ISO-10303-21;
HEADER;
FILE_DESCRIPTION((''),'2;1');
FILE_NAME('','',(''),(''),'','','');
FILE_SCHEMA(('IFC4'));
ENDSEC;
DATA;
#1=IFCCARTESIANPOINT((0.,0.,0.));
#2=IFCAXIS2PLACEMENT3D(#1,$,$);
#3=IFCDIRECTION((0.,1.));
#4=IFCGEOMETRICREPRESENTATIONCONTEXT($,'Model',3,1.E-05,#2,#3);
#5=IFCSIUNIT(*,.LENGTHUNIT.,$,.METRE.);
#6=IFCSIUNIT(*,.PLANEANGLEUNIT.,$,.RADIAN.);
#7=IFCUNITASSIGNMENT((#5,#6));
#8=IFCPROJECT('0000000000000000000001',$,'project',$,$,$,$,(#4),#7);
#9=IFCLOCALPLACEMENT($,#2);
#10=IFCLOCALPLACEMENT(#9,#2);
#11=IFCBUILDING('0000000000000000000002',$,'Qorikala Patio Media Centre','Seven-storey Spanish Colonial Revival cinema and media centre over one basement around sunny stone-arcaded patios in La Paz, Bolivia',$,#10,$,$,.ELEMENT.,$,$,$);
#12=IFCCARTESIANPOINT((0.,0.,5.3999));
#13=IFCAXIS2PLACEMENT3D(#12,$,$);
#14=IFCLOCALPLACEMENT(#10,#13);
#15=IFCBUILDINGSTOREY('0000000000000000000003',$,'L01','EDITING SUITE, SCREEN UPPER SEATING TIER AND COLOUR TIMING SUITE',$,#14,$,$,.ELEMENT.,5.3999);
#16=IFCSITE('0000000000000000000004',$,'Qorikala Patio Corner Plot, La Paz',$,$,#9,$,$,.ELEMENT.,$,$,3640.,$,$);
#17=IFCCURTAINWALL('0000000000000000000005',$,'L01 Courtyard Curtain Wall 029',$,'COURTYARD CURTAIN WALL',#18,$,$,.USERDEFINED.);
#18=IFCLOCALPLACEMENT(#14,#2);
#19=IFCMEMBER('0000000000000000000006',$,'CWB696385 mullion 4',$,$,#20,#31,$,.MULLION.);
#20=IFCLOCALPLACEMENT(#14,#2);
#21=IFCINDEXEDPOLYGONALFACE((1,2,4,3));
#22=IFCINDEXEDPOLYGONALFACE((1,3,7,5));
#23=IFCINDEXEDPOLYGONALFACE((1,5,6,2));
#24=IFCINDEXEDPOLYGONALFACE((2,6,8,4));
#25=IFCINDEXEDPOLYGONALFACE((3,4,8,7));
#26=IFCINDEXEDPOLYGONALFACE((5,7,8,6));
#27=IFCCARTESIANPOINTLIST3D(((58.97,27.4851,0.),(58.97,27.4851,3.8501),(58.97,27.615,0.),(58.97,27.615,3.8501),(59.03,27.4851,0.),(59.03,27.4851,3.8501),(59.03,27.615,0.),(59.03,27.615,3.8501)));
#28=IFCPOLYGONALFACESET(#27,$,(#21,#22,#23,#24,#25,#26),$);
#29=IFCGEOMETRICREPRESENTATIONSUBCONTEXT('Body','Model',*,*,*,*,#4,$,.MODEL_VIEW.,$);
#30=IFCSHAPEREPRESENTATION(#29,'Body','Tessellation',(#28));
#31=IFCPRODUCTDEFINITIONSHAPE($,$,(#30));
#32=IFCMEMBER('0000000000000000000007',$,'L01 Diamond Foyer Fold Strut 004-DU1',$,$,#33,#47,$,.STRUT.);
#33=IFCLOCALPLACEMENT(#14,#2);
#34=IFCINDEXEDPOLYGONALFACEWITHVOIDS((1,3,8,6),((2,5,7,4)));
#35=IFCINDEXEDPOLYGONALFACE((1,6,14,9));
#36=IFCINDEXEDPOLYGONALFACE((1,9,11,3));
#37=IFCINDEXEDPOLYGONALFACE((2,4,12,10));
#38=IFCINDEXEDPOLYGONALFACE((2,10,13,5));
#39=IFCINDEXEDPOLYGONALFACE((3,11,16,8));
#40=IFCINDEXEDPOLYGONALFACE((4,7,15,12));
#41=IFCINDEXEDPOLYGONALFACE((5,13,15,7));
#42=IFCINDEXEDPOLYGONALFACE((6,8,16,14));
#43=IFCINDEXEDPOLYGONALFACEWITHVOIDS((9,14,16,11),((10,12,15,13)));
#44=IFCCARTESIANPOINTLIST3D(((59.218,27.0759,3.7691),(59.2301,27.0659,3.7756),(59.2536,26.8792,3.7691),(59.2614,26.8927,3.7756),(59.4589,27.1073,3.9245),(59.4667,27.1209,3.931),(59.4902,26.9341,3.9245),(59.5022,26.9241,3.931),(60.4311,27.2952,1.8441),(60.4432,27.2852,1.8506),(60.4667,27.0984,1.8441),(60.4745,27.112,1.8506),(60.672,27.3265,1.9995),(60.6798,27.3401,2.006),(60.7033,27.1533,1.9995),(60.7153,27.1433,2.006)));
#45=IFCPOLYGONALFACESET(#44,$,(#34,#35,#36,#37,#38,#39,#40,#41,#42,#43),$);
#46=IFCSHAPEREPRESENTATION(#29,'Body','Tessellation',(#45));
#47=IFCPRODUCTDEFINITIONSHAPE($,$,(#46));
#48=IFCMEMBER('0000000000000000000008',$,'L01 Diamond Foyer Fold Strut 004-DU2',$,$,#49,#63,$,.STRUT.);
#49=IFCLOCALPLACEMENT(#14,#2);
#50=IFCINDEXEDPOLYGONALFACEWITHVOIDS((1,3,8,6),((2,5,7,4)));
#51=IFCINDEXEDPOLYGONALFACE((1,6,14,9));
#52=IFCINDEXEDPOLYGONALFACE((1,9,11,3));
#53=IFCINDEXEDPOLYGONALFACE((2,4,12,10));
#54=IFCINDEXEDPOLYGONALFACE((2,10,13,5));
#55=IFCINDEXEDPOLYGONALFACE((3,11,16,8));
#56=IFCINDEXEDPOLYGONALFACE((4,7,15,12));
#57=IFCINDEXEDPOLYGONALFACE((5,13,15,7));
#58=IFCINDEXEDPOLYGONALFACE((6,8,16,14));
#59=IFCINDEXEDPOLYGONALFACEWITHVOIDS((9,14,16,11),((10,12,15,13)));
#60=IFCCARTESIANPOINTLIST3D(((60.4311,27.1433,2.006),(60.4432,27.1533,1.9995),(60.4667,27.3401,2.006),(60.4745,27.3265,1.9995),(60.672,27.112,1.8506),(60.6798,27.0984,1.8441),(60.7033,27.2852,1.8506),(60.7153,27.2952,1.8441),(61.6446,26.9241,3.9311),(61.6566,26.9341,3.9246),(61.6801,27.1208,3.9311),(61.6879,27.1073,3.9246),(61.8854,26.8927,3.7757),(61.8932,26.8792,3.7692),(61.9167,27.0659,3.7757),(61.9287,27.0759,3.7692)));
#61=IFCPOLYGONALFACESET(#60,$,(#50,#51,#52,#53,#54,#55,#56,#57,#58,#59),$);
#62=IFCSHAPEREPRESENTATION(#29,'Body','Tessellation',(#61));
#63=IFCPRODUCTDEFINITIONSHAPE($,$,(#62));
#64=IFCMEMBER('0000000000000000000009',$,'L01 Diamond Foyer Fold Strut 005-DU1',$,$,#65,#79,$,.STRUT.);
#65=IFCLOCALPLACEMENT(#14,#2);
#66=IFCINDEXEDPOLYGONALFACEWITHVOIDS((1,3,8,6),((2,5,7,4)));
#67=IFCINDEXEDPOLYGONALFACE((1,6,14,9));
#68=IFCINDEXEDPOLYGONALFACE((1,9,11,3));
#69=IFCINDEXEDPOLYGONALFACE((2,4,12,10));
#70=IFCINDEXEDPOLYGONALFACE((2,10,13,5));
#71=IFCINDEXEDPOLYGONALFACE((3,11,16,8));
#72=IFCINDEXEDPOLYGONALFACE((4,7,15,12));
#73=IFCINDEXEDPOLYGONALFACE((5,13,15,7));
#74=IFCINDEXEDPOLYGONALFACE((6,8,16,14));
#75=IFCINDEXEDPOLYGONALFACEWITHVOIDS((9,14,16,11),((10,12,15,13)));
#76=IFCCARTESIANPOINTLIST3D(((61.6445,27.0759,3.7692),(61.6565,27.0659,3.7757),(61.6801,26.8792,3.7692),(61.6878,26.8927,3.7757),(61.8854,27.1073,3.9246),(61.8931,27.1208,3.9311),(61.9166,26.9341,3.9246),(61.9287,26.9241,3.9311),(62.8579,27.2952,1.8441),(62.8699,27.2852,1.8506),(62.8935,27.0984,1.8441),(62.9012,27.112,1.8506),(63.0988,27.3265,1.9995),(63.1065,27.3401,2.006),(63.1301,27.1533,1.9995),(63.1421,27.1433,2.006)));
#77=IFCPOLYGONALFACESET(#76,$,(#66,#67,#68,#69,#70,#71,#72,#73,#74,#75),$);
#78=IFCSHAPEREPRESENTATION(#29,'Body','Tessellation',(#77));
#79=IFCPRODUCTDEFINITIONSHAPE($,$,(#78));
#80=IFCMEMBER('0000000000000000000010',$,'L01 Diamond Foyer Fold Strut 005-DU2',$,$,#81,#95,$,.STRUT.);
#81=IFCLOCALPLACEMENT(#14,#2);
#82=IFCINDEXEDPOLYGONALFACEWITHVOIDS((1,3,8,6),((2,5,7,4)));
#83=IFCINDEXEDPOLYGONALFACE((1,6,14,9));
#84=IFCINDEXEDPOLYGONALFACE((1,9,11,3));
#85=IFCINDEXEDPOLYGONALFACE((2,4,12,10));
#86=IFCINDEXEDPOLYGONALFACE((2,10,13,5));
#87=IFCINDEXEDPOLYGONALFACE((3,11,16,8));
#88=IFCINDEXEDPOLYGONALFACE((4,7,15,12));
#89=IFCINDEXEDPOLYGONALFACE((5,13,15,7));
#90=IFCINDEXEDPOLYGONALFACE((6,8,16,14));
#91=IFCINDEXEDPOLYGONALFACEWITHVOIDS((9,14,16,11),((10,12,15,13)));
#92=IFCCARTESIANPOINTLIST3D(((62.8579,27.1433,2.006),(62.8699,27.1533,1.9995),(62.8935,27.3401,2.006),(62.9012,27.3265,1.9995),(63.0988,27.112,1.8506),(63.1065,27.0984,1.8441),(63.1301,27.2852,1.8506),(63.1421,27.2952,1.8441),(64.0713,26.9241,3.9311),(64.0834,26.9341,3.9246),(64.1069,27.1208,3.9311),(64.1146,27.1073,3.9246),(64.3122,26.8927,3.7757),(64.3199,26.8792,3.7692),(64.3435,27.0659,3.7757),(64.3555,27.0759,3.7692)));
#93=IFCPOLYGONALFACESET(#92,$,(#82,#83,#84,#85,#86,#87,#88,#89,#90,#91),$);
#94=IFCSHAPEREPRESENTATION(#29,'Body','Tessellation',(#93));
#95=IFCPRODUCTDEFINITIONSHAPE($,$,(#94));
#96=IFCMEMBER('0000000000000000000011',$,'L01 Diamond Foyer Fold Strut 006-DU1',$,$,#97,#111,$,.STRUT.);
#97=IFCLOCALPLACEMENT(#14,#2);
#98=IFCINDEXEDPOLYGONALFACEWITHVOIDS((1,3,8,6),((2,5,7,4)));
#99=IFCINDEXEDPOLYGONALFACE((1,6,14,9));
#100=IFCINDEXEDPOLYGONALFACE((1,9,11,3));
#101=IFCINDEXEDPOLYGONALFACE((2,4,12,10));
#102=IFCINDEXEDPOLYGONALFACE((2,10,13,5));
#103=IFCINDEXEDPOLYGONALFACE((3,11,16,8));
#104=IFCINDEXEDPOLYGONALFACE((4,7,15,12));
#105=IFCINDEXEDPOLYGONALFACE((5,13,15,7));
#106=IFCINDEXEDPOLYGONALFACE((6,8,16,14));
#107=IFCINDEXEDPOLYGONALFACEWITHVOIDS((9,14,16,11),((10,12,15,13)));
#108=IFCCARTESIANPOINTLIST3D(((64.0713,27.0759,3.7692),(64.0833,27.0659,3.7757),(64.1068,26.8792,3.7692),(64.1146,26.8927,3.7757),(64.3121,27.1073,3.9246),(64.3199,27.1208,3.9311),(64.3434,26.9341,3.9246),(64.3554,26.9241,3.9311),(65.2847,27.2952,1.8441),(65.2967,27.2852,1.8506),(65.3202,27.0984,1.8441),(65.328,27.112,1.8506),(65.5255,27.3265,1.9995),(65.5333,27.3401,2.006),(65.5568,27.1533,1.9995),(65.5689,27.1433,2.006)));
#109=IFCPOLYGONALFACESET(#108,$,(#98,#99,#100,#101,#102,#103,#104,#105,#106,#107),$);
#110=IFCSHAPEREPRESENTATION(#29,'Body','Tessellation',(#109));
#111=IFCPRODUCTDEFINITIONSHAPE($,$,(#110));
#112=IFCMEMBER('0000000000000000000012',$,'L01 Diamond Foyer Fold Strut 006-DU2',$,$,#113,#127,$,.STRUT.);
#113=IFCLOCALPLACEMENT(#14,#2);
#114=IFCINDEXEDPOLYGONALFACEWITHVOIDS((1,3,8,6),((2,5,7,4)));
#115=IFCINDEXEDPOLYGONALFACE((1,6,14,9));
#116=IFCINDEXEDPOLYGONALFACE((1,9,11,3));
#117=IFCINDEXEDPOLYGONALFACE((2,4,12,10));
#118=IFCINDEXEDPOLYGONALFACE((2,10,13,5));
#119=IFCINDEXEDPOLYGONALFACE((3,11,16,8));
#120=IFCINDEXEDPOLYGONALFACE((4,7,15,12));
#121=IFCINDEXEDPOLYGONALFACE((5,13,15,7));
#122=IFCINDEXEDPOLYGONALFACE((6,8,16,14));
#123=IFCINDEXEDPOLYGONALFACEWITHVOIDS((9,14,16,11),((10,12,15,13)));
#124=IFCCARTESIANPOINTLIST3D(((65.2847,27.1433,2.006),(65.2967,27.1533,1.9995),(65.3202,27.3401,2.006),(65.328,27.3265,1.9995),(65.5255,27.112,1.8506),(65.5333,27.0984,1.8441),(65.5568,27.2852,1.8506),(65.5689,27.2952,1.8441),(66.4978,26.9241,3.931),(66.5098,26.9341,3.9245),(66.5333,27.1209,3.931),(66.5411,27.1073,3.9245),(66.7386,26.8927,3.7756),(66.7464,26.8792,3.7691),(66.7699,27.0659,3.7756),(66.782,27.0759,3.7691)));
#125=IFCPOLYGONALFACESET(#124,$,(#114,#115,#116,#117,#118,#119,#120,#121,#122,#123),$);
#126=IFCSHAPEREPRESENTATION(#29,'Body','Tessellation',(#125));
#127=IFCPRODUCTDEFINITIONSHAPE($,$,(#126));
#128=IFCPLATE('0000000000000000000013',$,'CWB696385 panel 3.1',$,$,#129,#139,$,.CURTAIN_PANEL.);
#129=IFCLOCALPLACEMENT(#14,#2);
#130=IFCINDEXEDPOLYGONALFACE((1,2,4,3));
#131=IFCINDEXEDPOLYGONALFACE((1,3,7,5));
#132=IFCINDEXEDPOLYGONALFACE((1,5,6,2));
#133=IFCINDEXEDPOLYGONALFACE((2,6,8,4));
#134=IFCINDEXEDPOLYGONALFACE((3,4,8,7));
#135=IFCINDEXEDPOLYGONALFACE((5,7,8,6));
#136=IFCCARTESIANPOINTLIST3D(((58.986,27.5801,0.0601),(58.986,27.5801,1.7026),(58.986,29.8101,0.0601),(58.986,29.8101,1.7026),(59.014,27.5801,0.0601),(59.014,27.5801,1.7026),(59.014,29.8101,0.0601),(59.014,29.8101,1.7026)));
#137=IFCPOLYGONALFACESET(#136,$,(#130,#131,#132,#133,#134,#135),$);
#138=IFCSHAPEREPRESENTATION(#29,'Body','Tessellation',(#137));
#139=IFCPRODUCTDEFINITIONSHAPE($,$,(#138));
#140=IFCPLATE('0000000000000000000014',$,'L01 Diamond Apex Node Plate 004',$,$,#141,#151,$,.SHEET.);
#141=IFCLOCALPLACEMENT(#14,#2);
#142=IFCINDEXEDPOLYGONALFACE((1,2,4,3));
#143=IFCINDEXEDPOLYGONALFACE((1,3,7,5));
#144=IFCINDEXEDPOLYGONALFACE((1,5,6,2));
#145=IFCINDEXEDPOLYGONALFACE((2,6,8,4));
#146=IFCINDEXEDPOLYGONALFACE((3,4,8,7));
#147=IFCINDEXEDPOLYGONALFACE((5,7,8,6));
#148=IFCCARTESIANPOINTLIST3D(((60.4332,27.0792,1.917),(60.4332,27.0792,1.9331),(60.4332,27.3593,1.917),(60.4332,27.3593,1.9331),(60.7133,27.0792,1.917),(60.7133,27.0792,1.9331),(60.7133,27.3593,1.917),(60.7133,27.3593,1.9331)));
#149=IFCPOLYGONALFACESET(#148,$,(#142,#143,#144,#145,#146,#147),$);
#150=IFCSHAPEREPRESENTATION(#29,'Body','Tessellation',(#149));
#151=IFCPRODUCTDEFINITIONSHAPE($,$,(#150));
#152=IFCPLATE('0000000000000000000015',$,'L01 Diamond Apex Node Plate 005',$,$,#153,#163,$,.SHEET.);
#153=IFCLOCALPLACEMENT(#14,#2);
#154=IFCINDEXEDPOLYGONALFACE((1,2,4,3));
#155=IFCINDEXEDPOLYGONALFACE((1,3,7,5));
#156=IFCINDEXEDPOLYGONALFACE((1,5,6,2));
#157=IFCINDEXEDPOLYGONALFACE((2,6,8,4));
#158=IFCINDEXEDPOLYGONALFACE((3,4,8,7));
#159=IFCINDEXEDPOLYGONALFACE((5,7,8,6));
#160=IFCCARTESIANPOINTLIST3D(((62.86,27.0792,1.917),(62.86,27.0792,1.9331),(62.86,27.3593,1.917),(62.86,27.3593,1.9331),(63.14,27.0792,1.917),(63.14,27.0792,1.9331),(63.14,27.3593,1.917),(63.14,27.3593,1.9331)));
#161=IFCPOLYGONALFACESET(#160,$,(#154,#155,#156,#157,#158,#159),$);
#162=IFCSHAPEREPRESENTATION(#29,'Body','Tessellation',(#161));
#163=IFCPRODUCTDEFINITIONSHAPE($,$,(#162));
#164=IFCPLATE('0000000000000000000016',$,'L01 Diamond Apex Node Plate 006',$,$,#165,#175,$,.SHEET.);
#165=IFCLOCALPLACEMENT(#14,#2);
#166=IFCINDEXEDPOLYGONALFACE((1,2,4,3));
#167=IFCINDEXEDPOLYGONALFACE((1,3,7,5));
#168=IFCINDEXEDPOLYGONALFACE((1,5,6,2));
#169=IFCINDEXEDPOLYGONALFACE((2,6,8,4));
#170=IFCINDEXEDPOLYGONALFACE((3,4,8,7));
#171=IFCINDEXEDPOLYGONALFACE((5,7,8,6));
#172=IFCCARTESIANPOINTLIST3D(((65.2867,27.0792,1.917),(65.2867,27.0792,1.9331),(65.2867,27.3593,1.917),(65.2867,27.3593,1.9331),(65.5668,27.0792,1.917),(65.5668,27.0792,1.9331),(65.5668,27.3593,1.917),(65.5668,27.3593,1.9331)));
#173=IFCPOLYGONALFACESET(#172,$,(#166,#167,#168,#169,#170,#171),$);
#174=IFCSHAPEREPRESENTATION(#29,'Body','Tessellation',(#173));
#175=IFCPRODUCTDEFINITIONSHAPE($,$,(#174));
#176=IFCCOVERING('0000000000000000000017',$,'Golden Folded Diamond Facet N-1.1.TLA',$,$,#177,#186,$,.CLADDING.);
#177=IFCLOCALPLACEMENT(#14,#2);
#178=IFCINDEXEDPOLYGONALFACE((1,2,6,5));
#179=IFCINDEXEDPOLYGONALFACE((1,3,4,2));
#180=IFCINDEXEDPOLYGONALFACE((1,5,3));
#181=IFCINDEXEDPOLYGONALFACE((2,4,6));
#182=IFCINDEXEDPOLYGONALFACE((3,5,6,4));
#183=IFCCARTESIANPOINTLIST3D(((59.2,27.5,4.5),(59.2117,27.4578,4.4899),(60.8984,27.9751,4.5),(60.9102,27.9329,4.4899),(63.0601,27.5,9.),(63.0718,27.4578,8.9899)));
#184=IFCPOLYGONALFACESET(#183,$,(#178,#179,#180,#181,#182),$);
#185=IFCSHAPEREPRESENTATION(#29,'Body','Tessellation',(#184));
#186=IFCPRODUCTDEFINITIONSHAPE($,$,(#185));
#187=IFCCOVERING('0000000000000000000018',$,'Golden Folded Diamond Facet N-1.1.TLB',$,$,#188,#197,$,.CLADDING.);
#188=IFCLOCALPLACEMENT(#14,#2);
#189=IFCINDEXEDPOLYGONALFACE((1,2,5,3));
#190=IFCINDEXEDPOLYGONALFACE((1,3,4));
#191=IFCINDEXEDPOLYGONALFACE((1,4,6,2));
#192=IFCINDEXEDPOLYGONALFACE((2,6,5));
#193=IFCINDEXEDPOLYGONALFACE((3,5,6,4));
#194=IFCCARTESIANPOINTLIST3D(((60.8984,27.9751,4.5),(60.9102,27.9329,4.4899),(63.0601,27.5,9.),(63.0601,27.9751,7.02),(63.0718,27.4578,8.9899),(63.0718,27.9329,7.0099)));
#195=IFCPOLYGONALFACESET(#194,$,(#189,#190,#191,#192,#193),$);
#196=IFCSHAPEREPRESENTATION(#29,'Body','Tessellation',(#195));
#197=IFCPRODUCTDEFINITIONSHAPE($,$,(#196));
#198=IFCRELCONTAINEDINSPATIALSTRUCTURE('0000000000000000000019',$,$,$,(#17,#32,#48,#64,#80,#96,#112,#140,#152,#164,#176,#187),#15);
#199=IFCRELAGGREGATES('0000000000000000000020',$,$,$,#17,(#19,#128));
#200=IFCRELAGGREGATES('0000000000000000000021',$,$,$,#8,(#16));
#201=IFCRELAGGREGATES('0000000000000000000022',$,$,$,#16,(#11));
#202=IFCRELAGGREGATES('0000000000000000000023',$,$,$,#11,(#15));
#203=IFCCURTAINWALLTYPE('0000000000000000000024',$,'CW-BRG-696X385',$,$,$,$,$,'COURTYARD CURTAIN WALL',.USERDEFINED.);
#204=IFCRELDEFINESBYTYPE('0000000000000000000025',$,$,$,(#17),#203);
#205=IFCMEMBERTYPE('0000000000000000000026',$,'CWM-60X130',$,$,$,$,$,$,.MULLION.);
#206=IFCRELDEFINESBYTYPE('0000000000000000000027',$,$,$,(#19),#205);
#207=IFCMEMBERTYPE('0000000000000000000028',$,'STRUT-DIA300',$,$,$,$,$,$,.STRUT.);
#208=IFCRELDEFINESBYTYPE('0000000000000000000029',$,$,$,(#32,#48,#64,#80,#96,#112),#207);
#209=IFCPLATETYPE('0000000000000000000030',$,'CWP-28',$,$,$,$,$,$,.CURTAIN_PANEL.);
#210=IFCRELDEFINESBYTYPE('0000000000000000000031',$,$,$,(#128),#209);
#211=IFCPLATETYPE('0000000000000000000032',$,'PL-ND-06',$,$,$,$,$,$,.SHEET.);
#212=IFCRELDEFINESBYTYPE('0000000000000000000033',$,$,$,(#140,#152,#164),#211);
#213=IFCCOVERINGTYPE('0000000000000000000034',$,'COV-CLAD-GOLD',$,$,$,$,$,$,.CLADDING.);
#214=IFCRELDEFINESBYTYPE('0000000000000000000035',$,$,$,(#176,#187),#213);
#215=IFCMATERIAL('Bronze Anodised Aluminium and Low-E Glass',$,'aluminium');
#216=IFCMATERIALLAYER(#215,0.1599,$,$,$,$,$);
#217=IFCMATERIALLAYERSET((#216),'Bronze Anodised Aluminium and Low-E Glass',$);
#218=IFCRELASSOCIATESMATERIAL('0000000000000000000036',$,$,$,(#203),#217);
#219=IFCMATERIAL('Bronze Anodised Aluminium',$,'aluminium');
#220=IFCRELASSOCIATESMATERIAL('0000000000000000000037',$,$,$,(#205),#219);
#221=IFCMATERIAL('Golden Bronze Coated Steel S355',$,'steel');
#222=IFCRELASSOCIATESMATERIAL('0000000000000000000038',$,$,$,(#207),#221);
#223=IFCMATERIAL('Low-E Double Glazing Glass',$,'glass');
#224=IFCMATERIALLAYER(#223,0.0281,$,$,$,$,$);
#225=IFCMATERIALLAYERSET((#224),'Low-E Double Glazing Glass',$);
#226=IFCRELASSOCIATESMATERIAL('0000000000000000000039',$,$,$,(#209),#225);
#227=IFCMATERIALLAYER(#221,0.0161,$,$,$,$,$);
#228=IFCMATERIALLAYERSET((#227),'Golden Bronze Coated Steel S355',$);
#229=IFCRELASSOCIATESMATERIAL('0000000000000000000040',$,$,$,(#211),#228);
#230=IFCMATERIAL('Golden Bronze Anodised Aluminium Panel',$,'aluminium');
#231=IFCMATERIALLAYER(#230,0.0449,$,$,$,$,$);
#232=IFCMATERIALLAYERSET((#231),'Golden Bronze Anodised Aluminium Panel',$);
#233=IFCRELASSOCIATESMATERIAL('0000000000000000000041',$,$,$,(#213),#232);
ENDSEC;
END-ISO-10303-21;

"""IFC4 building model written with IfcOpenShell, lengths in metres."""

from ifc_helpers import new_model, si_unit, direction, frame, origin, origin_2d, place, context, subcontext, project, spatial, polyline, rectangle, hollow_rectangle, outline, extrude, material, layer, layer_set, material_profile, profile_set, type_object, element, aggregate, save


model = new_model("IFC4")

# Units and contexts
model_context = context("Model", 3, precision=1e-05, world=origin(), true_north=direction((0.0, 1.0)))
body_context = subcontext(model_context, "Body", "Model", "MODEL_VIEW")
ifc_project = project(units=[si_unit("LENGTHUNIT", "METRE"), si_unit("PLANEANGLEUNIT", "RADIAN")], contexts=[model_context])

# Site, building, storey
site_placement = place(None, origin())
site = spatial("IfcSite", under=ifc_project, at=site_placement, Name="Qorikala Patio Corner Plot, La Paz", CompositionType="ELEMENT", RefElevation=3640.0)
building_placement = place(site_placement, origin())
building = spatial("IfcBuilding", under=site, at=building_placement, Name="Qorikala Patio Media Centre", Description="Seven-storey Spanish Colonial Revival cinema and media centre over one basement around sunny stone-arcaded patios in La Paz, Bolivia", CompositionType="ELEMENT")
storey_placement = place(building_placement, frame((0.0, 0.0, 5.3999)))
storey = spatial("IfcBuildingStorey", under=building, at=storey_placement, Name="L01", Description="EDITING SUITE, SCREEN UPPER SEATING TIER AND COLOUR TIMING SUITE", CompositionType="ELEMENT", Elevation=5.3999)

# Curtain wall, member
ifc_material_1 = material(Name="Bronze Anodised Aluminium and Low-E Glass", Category="aluminium")
ifc_layer_1 = layer(ifc_material_1, 0.1599)
ifc_layer_set_1 = layer_set([ifc_layer_1], Name="Bronze Anodised Aluminium and Low-E Glass")
curtain_wall_type = type_object("IfcCurtainWallType", Name="CW-BRG-696X385", ElementType="COURTYARD CURTAIN WALL", PredefinedType="USERDEFINED", material=ifc_layer_set_1)
curtain_wall_placement = place(storey_placement, origin())
curtain_wall = element("IfcCurtainWall", 1, at=curtain_wall_placement, inside=storey, type_object=curtain_wall_type, Name="L01 Courtyard Curtain Wall 029", ObjectType="COURTYARD CURTAIN WALL", PredefinedType="USERDEFINED")
ifc_material_2 = material(Name="Bronze Anodised Aluminium", Category="aluminium")
ifc_material_profile_1 = material_profile(ifc_material_2, rectangle(XDim=0.0601, YDim=0.1299, at=origin_2d()), Name="ALU MULLION 60x130")
ifc_profile_set_1 = profile_set([ifc_material_profile_1], Name="Bronze Anodised Aluminium")
member_type_1 = type_object("IfcMemberType", Name="CWM-60X130", PredefinedType="MULLION", material=ifc_profile_set_1)
member_1_placement = place(storey_placement, frame((59.0, 27.55, 0.0), z_axis=(0.0, 0.0, 1.0), x_axis=(1.0, 0.0, 0.0)))
member_1 = element("IfcMember", 2, at=member_1_placement, type_object=member_type_1, Name="CWB696385 mullion 4", PredefinedType="MULLION", context=body_context, shape_type="SweptSolid", body=[
    extrude(rectangle(XDim=0.0601, YDim=0.1299, at=origin_2d()), origin(), (0.0, 0.0, 1.0), 3.8501),
])

# Members
ifc_material_3 = material(Name="Golden Bronze Coated Steel S355", Category="steel")
ifc_material_profile_2 = material_profile(ifc_material_3, hollow_rectangle(XDim=0.2, YDim=0.3, WallThickness=0.012, at=origin_2d()), Name="HSS300X200X12")
ifc_profile_set_2 = profile_set([ifc_material_profile_2], Name="Golden Bronze Coated Steel S355")
member_type_2 = type_object("IfcMemberType", Name="STRUT-DIA300", PredefinedType="STRUT", material=ifc_profile_set_2)
member_2_placement = place(storey_placement, frame((60.5732, 27.2192, 1.925), z_axis=(-0.530691, -0.095907, 0.842121), x_axis=(0.17784, -0.984059, 0.0)))
element("IfcMember", 3, at=member_2_placement, inside=storey, type_object=member_type_2, Name="L01 Diamond Foyer Fold Strut 004-DU1", PredefinedType="STRUT", context=body_context, shape_type="SweptSolid", body=[
    extrude(hollow_rectangle(XDim=0.2, YDim=0.3, WallThickness=0.012, at=origin_2d()), origin(), (0.0, 0.0, 1.0), 2.2859),
])
for number, where, z_axis, x_axis, name in (
    (4, (60.5732, 27.2192, 1.925), (0.530768, -0.095901, 0.842074), (0.177805, 0.984066, 0.0), "L01 Diamond Foyer Fold Strut 004-DU2"),
    (5, (63.0, 27.2192, 1.925), (-0.530768, -0.095901, 0.842074), (0.177805, -0.984066, 0.0), "L01 Diamond Foyer Fold Strut 005-DU1"),
    (6, (63.0, 27.2192, 1.925), (0.530768, -0.095901, 0.842074), (0.177805, 0.984066, 0.0), "L01 Diamond Foyer Fold Strut 005-DU2"),
    (7, (65.4268, 27.2192, 1.925), (-0.530768, -0.095901, 0.842074), (0.177805, -0.984066, 0.0), "L01 Diamond Foyer Fold Strut 006-DU1"),
):
    element("IfcMember", number, at=place(storey_placement, frame(where, z_axis=z_axis, x_axis=x_axis)), inside=storey, type_object=member_type_2, Name=name, PredefinedType="STRUT", context=body_context, shape_type="SweptSolid", body=[
        extrude(hollow_rectangle(XDim=0.2, YDim=0.3, WallThickness=0.012, at=origin_2d()), origin(), (0.0, 0.0, 1.0), 2.2861),
    ])
member_3_placement = place(storey_placement, frame((65.4268, 27.2192, 1.925), z_axis=(0.530691, -0.095907, 0.842121), x_axis=(0.17784, 0.984059, 0.0)))
element("IfcMember", 8, at=member_3_placement, inside=storey, type_object=member_type_2, Name="L01 Diamond Foyer Fold Strut 006-DU2", PredefinedType="STRUT", context=body_context, shape_type="SweptSolid", body=[
    extrude(hollow_rectangle(XDim=0.2, YDim=0.3, WallThickness=0.012, at=origin_2d()), origin(), (0.0, 0.0, 1.0), 2.2859),
])

# Plate
ifc_material_4 = material(Name="Low-E Double Glazing Glass", Category="glass")
ifc_layer_2 = layer(ifc_material_4, 0.0281)
ifc_layer_set_2 = layer_set([ifc_layer_2], Name="Low-E Double Glazing Glass")
plate_type_1 = type_object("IfcPlateType", Name="CWP-28", PredefinedType="CURTAIN_PANEL", material=ifc_layer_set_2)
plate_placement = place(storey_placement, frame((59.0, 28.6951, 0.0601), z_axis=(0.0, 0.0, 1.0), x_axis=(0.0, -1.0, 0.0)))
plate = element("IfcPlate", 9, at=plate_placement, type_object=plate_type_1, Name="CWB696385 panel 3.1", PredefinedType="CURTAIN_PANEL", context=body_context, shape_type="SweptSolid", body=[
    extrude(rectangle(XDim=2.23, YDim=0.0281, at=origin_2d()), origin(), (0.0, 0.0, 1.0), 1.6426),
])
aggregate(curtain_wall, [member_1, plate])

# Plates
ifc_layer_3 = layer(ifc_material_3, 0.0161)
ifc_layer_set_3 = layer_set([ifc_layer_3], Name="Golden Bronze Coated Steel S355")
plate_type_2 = type_object("IfcPlateType", Name="PL-ND-06", PredefinedType="SHEET", material=ifc_layer_set_3)
for number, where, z_axis, x_axis, name in (
    (10, (60.5732, 27.2192, 1.917), (0.0, 0.0, 1.0), (1.0, 0.0, 0.0), "L01 Diamond Apex Node Plate 004"),
    (11, (63.0, 27.2192, 1.917), (0.0, 0.0, 1.0), (1.0, 0.0, 0.0), "L01 Diamond Apex Node Plate 005"),
    (12, (65.4268, 27.2192, 1.917), (0.0, 0.0, 1.0), (1.0, 0.0, 0.0), "L01 Diamond Apex Node Plate 006"),
):
    element("IfcPlate", number, at=place(storey_placement, frame(where, z_axis=z_axis, x_axis=x_axis)), inside=storey, type_object=plate_type_2, Name=name, PredefinedType="SHEET", context=body_context, shape_type="SweptSolid", body=[
        extrude(rectangle(XDim=0.28, YDim=0.28, at=origin_2d()), origin(), (0.0, 0.0, 1.0), 0.0161),
    ])

# Coverings
ifc_material_5 = material(Name="Golden Bronze Anodised Aluminium Panel", Category="aluminium")
ifc_layer_4 = layer(ifc_material_5, 0.0449)
ifc_layer_set_4 = layer_set([ifc_layer_4], Name="Golden Bronze Anodised Aluminium Panel")
covering_type = type_object("IfcCoveringType", Name="COV-CLAD-GOLD", PredefinedType="CLADDING", material=ifc_layer_set_4)
covering_1_placement = place(storey_placement, frame((63.0601, 27.5, 9.0), z_axis=(-0.262462, 0.93831, 0.225141), x_axis=(-0.65108, 0.0, -0.759009)))
element("IfcCovering", 13, at=covering_1_placement, inside=storey, type_object=covering_type, Name="Golden Folded Diamond Facet N-1.1.TLA", PredefinedType="CLADDING", context=body_context, shape_type="SweptSolid", body=[
    extrude(outline(polyline([(0.0, 0.0), (5.9288, 0.0), (4.8229, -1.3739), (0.0, 0.0)])), origin(), (0.0, 0.0, -1.0), 0.0449),
])
covering_2_placement = place(storey_placement, frame((63.0601, 27.5, 9.0), z_axis=(-0.262476, 0.938304, 0.225147), x_axis=(-0.431047, 0.094739, -0.897342)))
element("IfcCovering", 14, at=covering_2_placement, inside=storey, type_object=covering_type, Name="Golden Folded Diamond Facet N-1.1.TLB", PredefinedType="CLADDING", context=body_context, shape_type="SweptSolid", body=[
    extrude(outline(polyline([(0.0, 0.0), (5.0148, 0.0), (1.8217, -0.9096), (0.0, 0.0)])), origin(), (0.0, 0.0, -1.0), 0.0449),
])

save(model, "model.ifc")
